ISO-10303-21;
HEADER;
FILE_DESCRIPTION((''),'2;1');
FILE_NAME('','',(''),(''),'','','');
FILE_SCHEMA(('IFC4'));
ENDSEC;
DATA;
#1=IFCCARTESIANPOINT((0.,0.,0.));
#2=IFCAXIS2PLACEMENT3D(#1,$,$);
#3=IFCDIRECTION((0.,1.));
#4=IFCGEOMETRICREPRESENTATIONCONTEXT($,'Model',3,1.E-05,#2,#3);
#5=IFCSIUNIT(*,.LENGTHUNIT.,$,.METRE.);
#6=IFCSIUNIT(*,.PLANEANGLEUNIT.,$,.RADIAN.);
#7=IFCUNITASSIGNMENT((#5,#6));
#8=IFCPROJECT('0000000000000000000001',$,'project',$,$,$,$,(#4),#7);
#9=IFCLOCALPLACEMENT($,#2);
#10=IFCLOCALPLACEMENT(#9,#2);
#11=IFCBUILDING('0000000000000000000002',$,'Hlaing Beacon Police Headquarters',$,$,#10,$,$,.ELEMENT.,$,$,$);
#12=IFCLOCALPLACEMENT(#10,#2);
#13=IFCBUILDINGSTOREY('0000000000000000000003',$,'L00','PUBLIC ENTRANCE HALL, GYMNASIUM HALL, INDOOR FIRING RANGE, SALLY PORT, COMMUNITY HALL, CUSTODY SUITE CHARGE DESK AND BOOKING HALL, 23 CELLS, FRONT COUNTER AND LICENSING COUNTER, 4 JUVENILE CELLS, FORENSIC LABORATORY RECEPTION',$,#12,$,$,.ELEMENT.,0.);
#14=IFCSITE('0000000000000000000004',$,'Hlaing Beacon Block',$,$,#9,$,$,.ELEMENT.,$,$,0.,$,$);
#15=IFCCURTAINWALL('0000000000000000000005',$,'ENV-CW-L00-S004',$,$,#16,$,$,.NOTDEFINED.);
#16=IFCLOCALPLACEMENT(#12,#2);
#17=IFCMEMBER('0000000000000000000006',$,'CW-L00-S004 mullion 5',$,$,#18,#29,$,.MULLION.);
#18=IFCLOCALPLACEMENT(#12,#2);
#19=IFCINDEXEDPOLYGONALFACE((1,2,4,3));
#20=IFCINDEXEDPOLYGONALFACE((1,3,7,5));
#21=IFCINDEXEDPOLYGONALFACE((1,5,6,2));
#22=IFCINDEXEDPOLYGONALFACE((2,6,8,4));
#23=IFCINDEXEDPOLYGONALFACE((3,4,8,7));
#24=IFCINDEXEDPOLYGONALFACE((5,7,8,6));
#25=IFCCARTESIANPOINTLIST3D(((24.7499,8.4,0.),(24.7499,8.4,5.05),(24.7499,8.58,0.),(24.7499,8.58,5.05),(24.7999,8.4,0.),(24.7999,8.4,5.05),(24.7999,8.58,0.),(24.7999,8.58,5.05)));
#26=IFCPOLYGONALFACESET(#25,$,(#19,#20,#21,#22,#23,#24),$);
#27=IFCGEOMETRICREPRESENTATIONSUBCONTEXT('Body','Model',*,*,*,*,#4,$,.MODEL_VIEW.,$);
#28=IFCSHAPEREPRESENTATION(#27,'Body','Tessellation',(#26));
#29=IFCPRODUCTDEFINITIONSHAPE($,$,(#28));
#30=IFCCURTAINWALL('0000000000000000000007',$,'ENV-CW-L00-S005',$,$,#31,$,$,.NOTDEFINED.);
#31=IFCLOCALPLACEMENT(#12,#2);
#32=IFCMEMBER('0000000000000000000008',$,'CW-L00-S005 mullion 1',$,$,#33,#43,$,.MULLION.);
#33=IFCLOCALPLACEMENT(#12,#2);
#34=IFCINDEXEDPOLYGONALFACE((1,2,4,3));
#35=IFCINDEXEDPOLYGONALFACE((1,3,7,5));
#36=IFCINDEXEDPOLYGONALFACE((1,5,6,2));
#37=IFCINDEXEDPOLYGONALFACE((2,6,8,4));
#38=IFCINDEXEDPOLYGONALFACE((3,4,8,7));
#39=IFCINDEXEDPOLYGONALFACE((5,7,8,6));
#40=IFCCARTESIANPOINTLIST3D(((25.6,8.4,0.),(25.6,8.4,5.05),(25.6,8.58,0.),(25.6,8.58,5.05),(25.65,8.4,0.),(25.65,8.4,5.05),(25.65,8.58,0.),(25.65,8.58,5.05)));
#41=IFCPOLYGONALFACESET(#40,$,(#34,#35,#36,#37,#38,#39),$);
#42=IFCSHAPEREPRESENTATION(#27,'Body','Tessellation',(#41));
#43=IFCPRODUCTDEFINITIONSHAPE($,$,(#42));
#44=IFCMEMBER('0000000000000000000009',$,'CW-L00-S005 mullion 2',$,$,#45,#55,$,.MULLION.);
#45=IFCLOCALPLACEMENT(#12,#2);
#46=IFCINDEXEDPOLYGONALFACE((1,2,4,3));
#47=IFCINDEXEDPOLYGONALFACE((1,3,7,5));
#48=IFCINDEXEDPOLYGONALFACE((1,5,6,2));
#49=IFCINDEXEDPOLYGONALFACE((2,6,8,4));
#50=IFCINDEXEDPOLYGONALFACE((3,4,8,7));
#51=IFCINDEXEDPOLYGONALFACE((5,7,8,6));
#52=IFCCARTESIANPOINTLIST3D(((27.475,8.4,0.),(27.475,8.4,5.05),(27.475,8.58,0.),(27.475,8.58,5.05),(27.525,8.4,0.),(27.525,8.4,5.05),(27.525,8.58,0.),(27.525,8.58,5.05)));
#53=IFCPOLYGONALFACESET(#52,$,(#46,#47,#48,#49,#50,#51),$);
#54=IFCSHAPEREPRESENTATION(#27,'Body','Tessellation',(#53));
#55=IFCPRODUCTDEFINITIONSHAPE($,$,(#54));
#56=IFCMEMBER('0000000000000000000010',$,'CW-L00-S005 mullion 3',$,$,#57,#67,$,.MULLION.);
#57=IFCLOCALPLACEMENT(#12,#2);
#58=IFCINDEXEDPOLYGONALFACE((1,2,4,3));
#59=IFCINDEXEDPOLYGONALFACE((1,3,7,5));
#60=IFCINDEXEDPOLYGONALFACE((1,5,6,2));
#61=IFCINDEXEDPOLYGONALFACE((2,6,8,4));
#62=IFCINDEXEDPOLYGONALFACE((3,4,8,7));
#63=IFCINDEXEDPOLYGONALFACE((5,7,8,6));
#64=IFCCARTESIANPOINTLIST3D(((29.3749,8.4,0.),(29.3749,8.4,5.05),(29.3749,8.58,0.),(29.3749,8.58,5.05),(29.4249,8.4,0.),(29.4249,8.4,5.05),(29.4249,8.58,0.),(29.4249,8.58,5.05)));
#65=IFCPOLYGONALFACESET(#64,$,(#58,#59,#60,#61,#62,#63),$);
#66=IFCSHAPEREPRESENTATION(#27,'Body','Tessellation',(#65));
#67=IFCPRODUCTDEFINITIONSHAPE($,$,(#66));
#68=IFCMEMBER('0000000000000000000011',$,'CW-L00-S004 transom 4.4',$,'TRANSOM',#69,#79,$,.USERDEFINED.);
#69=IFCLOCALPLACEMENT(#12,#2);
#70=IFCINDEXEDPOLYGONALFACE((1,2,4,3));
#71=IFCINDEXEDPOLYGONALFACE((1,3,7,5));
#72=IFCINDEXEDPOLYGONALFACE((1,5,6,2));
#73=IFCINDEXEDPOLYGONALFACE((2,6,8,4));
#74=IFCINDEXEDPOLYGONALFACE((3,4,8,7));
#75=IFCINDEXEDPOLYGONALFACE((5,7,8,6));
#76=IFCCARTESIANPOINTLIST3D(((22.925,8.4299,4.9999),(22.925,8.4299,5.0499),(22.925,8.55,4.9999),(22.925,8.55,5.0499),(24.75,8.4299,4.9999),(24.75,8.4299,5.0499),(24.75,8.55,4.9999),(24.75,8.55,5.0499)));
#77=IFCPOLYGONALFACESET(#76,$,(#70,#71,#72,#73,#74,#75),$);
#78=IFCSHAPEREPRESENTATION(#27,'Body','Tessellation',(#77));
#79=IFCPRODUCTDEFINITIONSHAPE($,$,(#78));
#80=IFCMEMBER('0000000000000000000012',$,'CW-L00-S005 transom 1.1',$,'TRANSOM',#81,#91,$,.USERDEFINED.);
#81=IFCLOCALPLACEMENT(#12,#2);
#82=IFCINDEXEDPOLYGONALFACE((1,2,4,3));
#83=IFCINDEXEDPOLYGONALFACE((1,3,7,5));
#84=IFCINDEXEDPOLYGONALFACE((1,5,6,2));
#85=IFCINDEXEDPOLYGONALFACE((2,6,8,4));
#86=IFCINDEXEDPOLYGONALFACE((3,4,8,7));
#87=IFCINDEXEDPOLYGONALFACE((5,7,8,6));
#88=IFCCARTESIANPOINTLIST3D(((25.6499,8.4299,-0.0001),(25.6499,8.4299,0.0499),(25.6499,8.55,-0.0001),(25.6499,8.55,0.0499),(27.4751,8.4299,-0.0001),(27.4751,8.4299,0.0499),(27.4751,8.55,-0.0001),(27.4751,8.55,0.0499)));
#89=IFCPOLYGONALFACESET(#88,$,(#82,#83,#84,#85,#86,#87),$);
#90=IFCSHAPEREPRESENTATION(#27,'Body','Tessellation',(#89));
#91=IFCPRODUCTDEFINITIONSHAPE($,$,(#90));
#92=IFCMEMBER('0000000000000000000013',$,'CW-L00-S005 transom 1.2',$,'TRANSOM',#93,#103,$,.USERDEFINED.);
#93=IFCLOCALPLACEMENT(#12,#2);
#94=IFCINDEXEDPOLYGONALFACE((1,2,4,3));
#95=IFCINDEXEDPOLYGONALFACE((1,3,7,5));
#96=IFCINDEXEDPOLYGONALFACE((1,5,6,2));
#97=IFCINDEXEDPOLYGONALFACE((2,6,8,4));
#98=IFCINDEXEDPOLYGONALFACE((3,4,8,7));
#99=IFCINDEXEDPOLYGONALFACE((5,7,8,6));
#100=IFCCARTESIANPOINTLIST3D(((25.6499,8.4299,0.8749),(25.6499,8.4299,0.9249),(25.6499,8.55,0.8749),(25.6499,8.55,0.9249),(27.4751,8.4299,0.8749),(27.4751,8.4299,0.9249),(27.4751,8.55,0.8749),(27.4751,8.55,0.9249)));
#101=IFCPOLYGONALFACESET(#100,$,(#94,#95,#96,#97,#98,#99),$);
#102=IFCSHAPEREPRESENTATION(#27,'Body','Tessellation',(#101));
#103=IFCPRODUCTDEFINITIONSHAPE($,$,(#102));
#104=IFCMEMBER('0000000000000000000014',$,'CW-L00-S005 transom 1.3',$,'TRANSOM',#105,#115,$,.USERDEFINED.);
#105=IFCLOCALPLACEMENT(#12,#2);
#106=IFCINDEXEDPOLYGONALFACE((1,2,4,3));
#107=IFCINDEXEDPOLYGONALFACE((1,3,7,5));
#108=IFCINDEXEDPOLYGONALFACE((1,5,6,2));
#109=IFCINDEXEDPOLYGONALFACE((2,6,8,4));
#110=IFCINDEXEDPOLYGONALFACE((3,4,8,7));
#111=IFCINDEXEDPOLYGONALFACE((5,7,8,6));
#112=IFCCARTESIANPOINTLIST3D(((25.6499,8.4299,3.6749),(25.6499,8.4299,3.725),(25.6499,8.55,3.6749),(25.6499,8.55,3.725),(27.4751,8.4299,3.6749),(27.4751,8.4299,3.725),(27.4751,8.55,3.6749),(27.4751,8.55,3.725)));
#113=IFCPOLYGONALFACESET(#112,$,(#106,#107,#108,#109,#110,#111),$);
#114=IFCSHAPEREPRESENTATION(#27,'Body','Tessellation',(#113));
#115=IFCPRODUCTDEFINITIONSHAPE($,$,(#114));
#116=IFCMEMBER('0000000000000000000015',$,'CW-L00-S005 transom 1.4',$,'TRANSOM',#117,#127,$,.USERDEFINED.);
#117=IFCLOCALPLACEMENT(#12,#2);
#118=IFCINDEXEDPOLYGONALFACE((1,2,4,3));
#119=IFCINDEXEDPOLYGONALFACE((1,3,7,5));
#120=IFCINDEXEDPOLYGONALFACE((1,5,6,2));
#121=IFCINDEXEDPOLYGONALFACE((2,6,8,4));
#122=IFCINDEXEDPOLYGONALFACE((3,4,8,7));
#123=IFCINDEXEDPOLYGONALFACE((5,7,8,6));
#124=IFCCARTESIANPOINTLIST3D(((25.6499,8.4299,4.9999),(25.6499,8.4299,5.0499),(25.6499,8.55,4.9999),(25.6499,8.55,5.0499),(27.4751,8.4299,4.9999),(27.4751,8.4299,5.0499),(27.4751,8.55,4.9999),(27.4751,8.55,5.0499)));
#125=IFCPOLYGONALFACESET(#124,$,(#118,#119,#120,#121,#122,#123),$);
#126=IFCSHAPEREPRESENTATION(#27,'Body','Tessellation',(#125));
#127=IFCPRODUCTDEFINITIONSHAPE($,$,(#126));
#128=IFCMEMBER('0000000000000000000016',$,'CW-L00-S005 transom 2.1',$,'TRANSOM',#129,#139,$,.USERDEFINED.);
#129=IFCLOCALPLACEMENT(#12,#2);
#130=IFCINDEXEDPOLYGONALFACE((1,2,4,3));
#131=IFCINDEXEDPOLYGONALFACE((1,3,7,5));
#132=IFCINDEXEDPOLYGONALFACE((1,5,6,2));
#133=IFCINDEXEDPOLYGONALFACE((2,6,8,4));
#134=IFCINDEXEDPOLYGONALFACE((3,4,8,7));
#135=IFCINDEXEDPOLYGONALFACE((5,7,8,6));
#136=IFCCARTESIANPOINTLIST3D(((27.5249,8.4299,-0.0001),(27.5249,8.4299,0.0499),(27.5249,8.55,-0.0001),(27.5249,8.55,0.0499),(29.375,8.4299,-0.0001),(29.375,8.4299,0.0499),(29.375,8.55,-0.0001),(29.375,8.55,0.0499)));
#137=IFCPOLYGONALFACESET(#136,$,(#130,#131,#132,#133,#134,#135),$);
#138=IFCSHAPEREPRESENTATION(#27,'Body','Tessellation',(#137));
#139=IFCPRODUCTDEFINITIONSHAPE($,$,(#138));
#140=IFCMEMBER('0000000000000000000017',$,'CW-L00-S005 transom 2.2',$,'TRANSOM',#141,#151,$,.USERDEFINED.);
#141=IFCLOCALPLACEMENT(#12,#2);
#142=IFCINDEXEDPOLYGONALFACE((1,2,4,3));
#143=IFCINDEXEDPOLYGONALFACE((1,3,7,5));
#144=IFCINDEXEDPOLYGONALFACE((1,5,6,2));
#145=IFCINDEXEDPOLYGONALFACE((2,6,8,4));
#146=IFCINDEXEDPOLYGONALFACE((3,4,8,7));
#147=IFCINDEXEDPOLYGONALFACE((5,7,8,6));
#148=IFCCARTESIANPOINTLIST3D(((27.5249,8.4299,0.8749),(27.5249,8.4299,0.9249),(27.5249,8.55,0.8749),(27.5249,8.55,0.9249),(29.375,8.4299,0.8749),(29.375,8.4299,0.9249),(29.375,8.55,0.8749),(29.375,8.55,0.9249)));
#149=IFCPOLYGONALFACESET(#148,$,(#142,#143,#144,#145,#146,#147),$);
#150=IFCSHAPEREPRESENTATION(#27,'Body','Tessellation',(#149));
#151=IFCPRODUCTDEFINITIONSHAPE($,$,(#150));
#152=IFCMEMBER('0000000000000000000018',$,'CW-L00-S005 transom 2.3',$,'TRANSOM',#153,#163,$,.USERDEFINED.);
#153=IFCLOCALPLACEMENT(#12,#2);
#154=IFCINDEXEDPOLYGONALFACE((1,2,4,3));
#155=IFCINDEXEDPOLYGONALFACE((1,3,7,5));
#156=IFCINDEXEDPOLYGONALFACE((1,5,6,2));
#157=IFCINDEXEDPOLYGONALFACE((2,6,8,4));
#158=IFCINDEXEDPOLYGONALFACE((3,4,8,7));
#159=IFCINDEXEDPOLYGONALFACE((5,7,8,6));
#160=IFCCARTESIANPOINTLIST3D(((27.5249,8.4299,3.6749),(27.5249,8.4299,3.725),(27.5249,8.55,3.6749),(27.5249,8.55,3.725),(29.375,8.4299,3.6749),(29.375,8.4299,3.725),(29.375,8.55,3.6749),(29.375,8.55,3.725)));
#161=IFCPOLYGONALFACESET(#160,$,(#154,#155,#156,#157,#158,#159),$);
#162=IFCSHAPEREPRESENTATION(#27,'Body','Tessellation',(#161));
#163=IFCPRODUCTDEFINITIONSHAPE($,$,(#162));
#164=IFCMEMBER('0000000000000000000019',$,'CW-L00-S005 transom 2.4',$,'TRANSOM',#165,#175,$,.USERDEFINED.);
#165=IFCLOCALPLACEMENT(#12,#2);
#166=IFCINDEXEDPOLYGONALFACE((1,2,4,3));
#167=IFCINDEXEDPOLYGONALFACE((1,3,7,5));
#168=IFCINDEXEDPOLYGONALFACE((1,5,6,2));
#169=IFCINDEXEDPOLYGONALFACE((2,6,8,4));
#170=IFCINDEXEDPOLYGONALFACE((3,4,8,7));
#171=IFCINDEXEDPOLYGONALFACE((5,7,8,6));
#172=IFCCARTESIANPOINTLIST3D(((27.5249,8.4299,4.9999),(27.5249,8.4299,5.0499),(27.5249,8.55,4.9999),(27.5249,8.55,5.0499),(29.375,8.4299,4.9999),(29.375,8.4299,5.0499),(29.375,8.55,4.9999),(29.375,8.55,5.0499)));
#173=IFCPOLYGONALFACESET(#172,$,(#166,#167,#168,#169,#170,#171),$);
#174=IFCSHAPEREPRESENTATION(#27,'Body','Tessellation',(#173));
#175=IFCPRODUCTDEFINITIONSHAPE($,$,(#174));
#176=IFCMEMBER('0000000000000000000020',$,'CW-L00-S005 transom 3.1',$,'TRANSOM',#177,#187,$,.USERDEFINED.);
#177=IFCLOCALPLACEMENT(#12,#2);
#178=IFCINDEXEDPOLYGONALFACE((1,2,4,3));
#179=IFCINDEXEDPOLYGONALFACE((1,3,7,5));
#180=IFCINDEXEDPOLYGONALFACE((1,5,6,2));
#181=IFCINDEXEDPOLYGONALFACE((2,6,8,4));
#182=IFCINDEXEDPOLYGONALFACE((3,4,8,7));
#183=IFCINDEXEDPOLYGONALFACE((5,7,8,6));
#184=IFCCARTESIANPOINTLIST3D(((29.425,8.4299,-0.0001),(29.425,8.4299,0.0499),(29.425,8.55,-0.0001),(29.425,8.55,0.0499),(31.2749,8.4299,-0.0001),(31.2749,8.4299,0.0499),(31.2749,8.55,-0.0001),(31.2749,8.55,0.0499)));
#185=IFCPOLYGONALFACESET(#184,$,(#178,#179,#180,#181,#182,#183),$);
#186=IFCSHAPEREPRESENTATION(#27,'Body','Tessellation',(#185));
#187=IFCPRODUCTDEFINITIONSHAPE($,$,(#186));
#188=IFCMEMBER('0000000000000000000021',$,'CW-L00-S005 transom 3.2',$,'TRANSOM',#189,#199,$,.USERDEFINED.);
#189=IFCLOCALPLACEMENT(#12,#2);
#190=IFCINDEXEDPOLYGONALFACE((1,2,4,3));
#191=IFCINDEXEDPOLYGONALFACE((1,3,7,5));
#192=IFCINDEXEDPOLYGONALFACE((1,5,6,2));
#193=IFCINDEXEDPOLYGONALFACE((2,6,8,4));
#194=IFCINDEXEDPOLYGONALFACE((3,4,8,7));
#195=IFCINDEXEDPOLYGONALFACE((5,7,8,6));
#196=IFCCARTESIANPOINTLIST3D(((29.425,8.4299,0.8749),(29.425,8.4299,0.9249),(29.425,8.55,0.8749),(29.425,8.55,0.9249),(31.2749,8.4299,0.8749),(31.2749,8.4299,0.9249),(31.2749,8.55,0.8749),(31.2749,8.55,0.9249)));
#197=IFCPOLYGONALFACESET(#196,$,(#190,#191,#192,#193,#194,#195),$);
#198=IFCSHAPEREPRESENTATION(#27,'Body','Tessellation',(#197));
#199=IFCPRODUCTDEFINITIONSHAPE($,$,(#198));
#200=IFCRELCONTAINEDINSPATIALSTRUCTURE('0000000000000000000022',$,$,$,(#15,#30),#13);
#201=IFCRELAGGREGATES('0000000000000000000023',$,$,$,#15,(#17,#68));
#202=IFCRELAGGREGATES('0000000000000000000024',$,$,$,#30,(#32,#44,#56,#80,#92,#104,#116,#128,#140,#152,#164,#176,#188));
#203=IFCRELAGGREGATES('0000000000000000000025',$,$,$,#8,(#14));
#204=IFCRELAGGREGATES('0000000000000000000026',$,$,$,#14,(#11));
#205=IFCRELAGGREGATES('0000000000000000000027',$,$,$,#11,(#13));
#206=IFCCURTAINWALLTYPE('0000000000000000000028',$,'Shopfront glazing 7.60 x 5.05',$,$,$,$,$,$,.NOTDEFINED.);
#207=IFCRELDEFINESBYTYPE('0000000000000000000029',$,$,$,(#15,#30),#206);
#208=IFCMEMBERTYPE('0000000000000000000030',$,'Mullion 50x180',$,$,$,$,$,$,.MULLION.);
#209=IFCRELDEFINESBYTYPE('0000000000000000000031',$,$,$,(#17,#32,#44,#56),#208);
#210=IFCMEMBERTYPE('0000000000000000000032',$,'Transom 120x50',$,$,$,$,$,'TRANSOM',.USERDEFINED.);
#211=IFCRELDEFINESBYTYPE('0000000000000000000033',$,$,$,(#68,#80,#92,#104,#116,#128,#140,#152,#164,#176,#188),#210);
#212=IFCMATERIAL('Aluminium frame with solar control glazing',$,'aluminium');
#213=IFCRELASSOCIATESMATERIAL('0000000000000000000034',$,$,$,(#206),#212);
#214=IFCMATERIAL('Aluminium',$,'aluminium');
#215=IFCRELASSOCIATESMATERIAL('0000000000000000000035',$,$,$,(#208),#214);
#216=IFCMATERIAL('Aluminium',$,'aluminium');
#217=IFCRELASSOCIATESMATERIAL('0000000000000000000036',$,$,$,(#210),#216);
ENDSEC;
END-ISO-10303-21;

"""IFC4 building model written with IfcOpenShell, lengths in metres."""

from ifc_helpers import new_model, si_unit, direction, frame, origin, origin_2d, place, context, subcontext, project, spatial, rectangle, extrude, material, material_profile, profile_set, type_object, element, aggregate, save


model = new_model("IFC4")

# Units and contexts
model_context = context("Model", 3, precision=1e-05, world=origin(), true_north=direction((0.0, 1.0)))
body_context = subcontext(model_context, "Body", "Model", "MODEL_VIEW")
ifc_project = project(units=[si_unit("LENGTHUNIT", "METRE"), si_unit("PLANEANGLEUNIT", "RADIAN")], contexts=[model_context])

# Site, building, storey
site_placement = place(None, origin())
site = spatial("IfcSite", under=ifc_project, at=site_placement, Name="Hlaing Beacon Block", CompositionType="ELEMENT", RefElevation=0.0)
building_placement = place(site_placement, origin())
building = spatial("IfcBuilding", under=site, at=building_placement, Name="Hlaing Beacon Police Headquarters", CompositionType="ELEMENT")
storey_placement = place(building_placement, origin())
storey = spatial("IfcBuildingStorey", under=building, at=storey_placement, Name="L00", Description="PUBLIC ENTRANCE HALL, GYMNASIUM HALL, INDOOR FIRING RANGE, SALLY PORT, COMMUNITY HALL, CUSTODY SUITE CHARGE DESK AND BOOKING HALL, 23 CELLS, FRONT COUNTER AND LICENSING COUNTER, 4 JUVENILE CELLS, FORENSIC LABORATORY RECEPTION", CompositionType="ELEMENT", Elevation=0.0)

# Curtain wall, member
ifc_material_1 = material(Name="Aluminium frame with solar control glazing", Category="aluminium")
curtain_wall_type = type_object("IfcCurtainWallType", Name="Shopfront glazing 7.60 x 5.05", PredefinedType="NOTDEFINED", material=ifc_material_1)
curtain_wall_1_placement = place(storey_placement, origin())
curtain_wall_1 = element("IfcCurtainWall", 1, at=curtain_wall_1_placement, inside=storey, type_object=curtain_wall_type, Name="ENV-CW-L00-S004", PredefinedType="NOTDEFINED")
ifc_material_2 = material(Name="Aluminium", Category="aluminium")
ifc_material_profile_1 = material_profile(ifc_material_2, rectangle(XDim=0.1799, YDim=0.05, at=origin_2d()), Name="Mullion 50x180")
ifc_profile_set_1 = profile_set([ifc_material_profile_1], Name="Aluminium")
member_type_1 = type_object("IfcMemberType", Name="Mullion 50x180", PredefinedType="MULLION", material=ifc_profile_set_1)
member_1_placement = place(storey_placement, frame((24.7749, 8.49, 0.0), z_axis=(0.0, 0.0, 1.0), x_axis=(0.0, 1.0, 0.0)))
member_1 = element("IfcMember", 2, at=member_1_placement, type_object=member_type_1, Name="CW-L00-S004 mullion 5", PredefinedType="MULLION", context=body_context, shape_type="SweptSolid", body=[
    extrude(rectangle(XDim=0.1799, YDim=0.05, at=origin_2d()), origin(), (0.0, 0.0, 1.0), 5.05),
])

# Curtain wall, members
curtain_wall_2_placement = place(storey_placement, origin())
curtain_wall_2 = element("IfcCurtainWall", 3, at=curtain_wall_2_placement, inside=storey, type_object=curtain_wall_type, Name="ENV-CW-L00-S005", PredefinedType="NOTDEFINED")
member_2_placement = place(storey_placement, frame((25.625, 8.49, 0.0), z_axis=(0.0, 0.0, 1.0), x_axis=(0.0, 1.0, 0.0)))
member_2 = element("IfcMember", 4, at=member_2_placement, type_object=member_type_1, Name="CW-L00-S005 mullion 1", PredefinedType="MULLION", context=body_context, shape_type="SweptSolid", body=[
    extrude(rectangle(XDim=0.1799, YDim=0.05, at=origin_2d()), origin(), (0.0, 0.0, 1.0), 5.05),
])
member_3_placement = place(storey_placement, frame((27.5, 8.49, 0.0), z_axis=(0.0, 0.0, 1.0), x_axis=(0.0, 1.0, 0.0)))
member_3 = element("IfcMember", 5, at=member_3_placement, type_object=member_type_1, Name="CW-L00-S005 mullion 2", PredefinedType="MULLION", context=body_context, shape_type="SweptSolid", body=[
    extrude(rectangle(XDim=0.1799, YDim=0.05, at=origin_2d()), origin(), (0.0, 0.0, 1.0), 5.05),
])
member_4_placement = place(storey_placement, frame((29.3999, 8.49, 0.0), z_axis=(0.0, 0.0, 1.0), x_axis=(0.0, 1.0, 0.0)))
member_4 = element("IfcMember", 6, at=member_4_placement, type_object=member_type_1, Name="CW-L00-S005 mullion 3", PredefinedType="MULLION", context=body_context, shape_type="SweptSolid", body=[
    extrude(rectangle(XDim=0.1799, YDim=0.05, at=origin_2d()), origin(), (0.0, 0.0, 1.0), 5.05),
])

# Members
ifc_material_3 = material(Name="Aluminium", Category="aluminium")
ifc_material_profile_2 = material_profile(ifc_material_3, rectangle(XDim=0.1201, YDim=0.05, at=origin_2d()), Name="Transom 120x50")
ifc_profile_set_2 = profile_set([ifc_material_profile_2], Name="Aluminium")
member_type_2 = type_object("IfcMemberType", Name="Transom 120x50", ElementType="TRANSOM", PredefinedType="USERDEFINED", material=ifc_profile_set_2)
member_5_placement = place(storey_placement, frame((22.925, 8.49, 5.0249), z_axis=(1.0, 0.0, 0.0), x_axis=(0.0, 1.0, 0.0)))
member_5 = element("IfcMember", 7, at=member_5_placement, type_object=member_type_2, Name="CW-L00-S004 transom 4.4", ObjectType="TRANSOM", PredefinedType="USERDEFINED", context=body_context, shape_type="SweptSolid", body=[
    extrude(rectangle(XDim=0.1201, YDim=0.05, at=origin_2d()), origin(), (0.0, 0.0, 1.0), 1.825),
])
member_6_placement = place(storey_placement, frame((25.6499, 8.49, 0.0249), z_axis=(1.0, 0.0, 0.0), x_axis=(0.0, 1.0, 0.0)))
member_6 = element("IfcMember", 8, at=member_6_placement, type_object=member_type_2, Name="CW-L00-S005 transom 1.1", ObjectType="TRANSOM", PredefinedType="USERDEFINED", context=body_context, shape_type="SweptSolid", body=[
    extrude(rectangle(XDim=0.1201, YDim=0.05, at=origin_2d()), origin(), (0.0, 0.0, 1.0), 1.8252),
])
member_7_placement = place(storey_placement, frame((25.6499, 8.49, 0.8999), z_axis=(1.0, 0.0, 0.0), x_axis=(0.0, 1.0, 0.0)))
member_7 = element("IfcMember", 9, at=member_7_placement, type_object=member_type_2, Name="CW-L00-S005 transom 1.2", ObjectType="TRANSOM", PredefinedType="USERDEFINED", context=body_context, shape_type="SweptSolid", body=[
    extrude(rectangle(XDim=0.1201, YDim=0.05, at=origin_2d()), origin(), (0.0, 0.0, 1.0), 1.8252),
])
member_8_placement = place(storey_placement, frame((25.6499, 8.49, 3.7), z_axis=(1.0, 0.0, 0.0), x_axis=(0.0, 1.0, 0.0)))
member_8 = element("IfcMember", 10, at=member_8_placement, type_object=member_type_2, Name="CW-L00-S005 transom 1.3", ObjectType="TRANSOM", PredefinedType="USERDEFINED", context=body_context, shape_type="SweptSolid", body=[
    extrude(rectangle(XDim=0.1201, YDim=0.05, at=origin_2d()), origin(), (0.0, 0.0, 1.0), 1.8252),
])
member_9_placement = place(storey_placement, frame((25.6499, 8.49, 5.0249), z_axis=(1.0, 0.0, 0.0), x_axis=(0.0, 1.0, 0.0)))
member_9 = element("IfcMember", 11, at=member_9_placement, type_object=member_type_2, Name="CW-L00-S005 transom 1.4", ObjectType="TRANSOM", PredefinedType="USERDEFINED", context=body_context, shape_type="SweptSolid", body=[
    extrude(rectangle(XDim=0.1201, YDim=0.05, at=origin_2d()), origin(), (0.0, 0.0, 1.0), 1.8252),
])
member_10_placement = place(storey_placement, frame((27.5249, 8.49, 0.0249), z_axis=(1.0, 0.0, 0.0), x_axis=(0.0, 1.0, 0.0)))
member_10 = element("IfcMember", 12, at=member_10_placement, type_object=member_type_2, Name="CW-L00-S005 transom 2.1", ObjectType="TRANSOM", PredefinedType="USERDEFINED", context=body_context, shape_type="SweptSolid", body=[
    extrude(rectangle(XDim=0.1201, YDim=0.05, at=origin_2d()), origin(), (0.0, 0.0, 1.0), 1.8501),
])
member_11_placement = place(storey_placement, frame((27.5249, 8.49, 0.8999), z_axis=(1.0, 0.0, 0.0), x_axis=(0.0, 1.0, 0.0)))
member_11 = element("IfcMember", 13, at=member_11_placement, type_object=member_type_2, Name="CW-L00-S005 transom 2.2", ObjectType="TRANSOM", PredefinedType="USERDEFINED", context=body_context, shape_type="SweptSolid", body=[
    extrude(rectangle(XDim=0.1201, YDim=0.05, at=origin_2d()), origin(), (0.0, 0.0, 1.0), 1.8501),
])
member_12_placement = place(storey_placement, frame((27.5249, 8.49, 3.7), z_axis=(1.0, 0.0, 0.0), x_axis=(0.0, 1.0, 0.0)))
member_12 = element("IfcMember", 14, at=member_12_placement, type_object=member_type_2, Name="CW-L00-S005 transom 2.3", ObjectType="TRANSOM", PredefinedType="USERDEFINED", context=body_context, shape_type="SweptSolid", body=[
    extrude(rectangle(XDim=0.1201, YDim=0.05, at=origin_2d()), origin(), (0.0, 0.0, 1.0), 1.8501),
])
member_13_placement = place(storey_placement, frame((27.5249, 8.49, 5.0249), z_axis=(1.0, 0.0, 0.0), x_axis=(0.0, 1.0, 0.0)))
member_13 = element("IfcMember", 15, at=member_13_placement, type_object=member_type_2, Name="CW-L00-S005 transom 2.4", ObjectType="TRANSOM", PredefinedType="USERDEFINED", context=body_context, shape_type="SweptSolid", body=[
    extrude(rectangle(XDim=0.1201, YDim=0.05, at=origin_2d()), origin(), (0.0, 0.0, 1.0), 1.8501),
])
member_14_placement = place(storey_placement, frame((29.425, 8.49, 0.0249), z_axis=(1.0, 0.0, 0.0), x_axis=(0.0, 1.0, 0.0)))
member_14 = element("IfcMember", 16, at=member_14_placement, type_object=member_type_2, Name="CW-L00-S005 transom 3.1", ObjectType="TRANSOM", PredefinedType="USERDEFINED", context=body_context, shape_type="SweptSolid", body=[
    extrude(rectangle(XDim=0.1201, YDim=0.05, at=origin_2d()), origin(), (0.0, 0.0, 1.0), 1.8499),
])
member_15_placement = place(storey_placement, frame((29.425, 8.49, 0.8999), z_axis=(1.0, 0.0, 0.0), x_axis=(0.0, 1.0, 0.0)))
member_15 = element("IfcMember", 17, at=member_15_placement, type_object=member_type_2, Name="CW-L00-S005 transom 3.2", ObjectType="TRANSOM", PredefinedType="USERDEFINED", context=body_context, shape_type="SweptSolid", body=[
    extrude(rectangle(XDim=0.1201, YDim=0.05, at=origin_2d()), origin(), (0.0, 0.0, 1.0), 1.8499),
])

aggregate(curtain_wall_1, [member_1, member_5])
aggregate(curtain_wall_2, [member_2, member_3, member_4, member_6, member_7, member_8, member_9, member_10, member_11, member_12, member_13, member_14, member_15])

save(model, "model.ifc")
